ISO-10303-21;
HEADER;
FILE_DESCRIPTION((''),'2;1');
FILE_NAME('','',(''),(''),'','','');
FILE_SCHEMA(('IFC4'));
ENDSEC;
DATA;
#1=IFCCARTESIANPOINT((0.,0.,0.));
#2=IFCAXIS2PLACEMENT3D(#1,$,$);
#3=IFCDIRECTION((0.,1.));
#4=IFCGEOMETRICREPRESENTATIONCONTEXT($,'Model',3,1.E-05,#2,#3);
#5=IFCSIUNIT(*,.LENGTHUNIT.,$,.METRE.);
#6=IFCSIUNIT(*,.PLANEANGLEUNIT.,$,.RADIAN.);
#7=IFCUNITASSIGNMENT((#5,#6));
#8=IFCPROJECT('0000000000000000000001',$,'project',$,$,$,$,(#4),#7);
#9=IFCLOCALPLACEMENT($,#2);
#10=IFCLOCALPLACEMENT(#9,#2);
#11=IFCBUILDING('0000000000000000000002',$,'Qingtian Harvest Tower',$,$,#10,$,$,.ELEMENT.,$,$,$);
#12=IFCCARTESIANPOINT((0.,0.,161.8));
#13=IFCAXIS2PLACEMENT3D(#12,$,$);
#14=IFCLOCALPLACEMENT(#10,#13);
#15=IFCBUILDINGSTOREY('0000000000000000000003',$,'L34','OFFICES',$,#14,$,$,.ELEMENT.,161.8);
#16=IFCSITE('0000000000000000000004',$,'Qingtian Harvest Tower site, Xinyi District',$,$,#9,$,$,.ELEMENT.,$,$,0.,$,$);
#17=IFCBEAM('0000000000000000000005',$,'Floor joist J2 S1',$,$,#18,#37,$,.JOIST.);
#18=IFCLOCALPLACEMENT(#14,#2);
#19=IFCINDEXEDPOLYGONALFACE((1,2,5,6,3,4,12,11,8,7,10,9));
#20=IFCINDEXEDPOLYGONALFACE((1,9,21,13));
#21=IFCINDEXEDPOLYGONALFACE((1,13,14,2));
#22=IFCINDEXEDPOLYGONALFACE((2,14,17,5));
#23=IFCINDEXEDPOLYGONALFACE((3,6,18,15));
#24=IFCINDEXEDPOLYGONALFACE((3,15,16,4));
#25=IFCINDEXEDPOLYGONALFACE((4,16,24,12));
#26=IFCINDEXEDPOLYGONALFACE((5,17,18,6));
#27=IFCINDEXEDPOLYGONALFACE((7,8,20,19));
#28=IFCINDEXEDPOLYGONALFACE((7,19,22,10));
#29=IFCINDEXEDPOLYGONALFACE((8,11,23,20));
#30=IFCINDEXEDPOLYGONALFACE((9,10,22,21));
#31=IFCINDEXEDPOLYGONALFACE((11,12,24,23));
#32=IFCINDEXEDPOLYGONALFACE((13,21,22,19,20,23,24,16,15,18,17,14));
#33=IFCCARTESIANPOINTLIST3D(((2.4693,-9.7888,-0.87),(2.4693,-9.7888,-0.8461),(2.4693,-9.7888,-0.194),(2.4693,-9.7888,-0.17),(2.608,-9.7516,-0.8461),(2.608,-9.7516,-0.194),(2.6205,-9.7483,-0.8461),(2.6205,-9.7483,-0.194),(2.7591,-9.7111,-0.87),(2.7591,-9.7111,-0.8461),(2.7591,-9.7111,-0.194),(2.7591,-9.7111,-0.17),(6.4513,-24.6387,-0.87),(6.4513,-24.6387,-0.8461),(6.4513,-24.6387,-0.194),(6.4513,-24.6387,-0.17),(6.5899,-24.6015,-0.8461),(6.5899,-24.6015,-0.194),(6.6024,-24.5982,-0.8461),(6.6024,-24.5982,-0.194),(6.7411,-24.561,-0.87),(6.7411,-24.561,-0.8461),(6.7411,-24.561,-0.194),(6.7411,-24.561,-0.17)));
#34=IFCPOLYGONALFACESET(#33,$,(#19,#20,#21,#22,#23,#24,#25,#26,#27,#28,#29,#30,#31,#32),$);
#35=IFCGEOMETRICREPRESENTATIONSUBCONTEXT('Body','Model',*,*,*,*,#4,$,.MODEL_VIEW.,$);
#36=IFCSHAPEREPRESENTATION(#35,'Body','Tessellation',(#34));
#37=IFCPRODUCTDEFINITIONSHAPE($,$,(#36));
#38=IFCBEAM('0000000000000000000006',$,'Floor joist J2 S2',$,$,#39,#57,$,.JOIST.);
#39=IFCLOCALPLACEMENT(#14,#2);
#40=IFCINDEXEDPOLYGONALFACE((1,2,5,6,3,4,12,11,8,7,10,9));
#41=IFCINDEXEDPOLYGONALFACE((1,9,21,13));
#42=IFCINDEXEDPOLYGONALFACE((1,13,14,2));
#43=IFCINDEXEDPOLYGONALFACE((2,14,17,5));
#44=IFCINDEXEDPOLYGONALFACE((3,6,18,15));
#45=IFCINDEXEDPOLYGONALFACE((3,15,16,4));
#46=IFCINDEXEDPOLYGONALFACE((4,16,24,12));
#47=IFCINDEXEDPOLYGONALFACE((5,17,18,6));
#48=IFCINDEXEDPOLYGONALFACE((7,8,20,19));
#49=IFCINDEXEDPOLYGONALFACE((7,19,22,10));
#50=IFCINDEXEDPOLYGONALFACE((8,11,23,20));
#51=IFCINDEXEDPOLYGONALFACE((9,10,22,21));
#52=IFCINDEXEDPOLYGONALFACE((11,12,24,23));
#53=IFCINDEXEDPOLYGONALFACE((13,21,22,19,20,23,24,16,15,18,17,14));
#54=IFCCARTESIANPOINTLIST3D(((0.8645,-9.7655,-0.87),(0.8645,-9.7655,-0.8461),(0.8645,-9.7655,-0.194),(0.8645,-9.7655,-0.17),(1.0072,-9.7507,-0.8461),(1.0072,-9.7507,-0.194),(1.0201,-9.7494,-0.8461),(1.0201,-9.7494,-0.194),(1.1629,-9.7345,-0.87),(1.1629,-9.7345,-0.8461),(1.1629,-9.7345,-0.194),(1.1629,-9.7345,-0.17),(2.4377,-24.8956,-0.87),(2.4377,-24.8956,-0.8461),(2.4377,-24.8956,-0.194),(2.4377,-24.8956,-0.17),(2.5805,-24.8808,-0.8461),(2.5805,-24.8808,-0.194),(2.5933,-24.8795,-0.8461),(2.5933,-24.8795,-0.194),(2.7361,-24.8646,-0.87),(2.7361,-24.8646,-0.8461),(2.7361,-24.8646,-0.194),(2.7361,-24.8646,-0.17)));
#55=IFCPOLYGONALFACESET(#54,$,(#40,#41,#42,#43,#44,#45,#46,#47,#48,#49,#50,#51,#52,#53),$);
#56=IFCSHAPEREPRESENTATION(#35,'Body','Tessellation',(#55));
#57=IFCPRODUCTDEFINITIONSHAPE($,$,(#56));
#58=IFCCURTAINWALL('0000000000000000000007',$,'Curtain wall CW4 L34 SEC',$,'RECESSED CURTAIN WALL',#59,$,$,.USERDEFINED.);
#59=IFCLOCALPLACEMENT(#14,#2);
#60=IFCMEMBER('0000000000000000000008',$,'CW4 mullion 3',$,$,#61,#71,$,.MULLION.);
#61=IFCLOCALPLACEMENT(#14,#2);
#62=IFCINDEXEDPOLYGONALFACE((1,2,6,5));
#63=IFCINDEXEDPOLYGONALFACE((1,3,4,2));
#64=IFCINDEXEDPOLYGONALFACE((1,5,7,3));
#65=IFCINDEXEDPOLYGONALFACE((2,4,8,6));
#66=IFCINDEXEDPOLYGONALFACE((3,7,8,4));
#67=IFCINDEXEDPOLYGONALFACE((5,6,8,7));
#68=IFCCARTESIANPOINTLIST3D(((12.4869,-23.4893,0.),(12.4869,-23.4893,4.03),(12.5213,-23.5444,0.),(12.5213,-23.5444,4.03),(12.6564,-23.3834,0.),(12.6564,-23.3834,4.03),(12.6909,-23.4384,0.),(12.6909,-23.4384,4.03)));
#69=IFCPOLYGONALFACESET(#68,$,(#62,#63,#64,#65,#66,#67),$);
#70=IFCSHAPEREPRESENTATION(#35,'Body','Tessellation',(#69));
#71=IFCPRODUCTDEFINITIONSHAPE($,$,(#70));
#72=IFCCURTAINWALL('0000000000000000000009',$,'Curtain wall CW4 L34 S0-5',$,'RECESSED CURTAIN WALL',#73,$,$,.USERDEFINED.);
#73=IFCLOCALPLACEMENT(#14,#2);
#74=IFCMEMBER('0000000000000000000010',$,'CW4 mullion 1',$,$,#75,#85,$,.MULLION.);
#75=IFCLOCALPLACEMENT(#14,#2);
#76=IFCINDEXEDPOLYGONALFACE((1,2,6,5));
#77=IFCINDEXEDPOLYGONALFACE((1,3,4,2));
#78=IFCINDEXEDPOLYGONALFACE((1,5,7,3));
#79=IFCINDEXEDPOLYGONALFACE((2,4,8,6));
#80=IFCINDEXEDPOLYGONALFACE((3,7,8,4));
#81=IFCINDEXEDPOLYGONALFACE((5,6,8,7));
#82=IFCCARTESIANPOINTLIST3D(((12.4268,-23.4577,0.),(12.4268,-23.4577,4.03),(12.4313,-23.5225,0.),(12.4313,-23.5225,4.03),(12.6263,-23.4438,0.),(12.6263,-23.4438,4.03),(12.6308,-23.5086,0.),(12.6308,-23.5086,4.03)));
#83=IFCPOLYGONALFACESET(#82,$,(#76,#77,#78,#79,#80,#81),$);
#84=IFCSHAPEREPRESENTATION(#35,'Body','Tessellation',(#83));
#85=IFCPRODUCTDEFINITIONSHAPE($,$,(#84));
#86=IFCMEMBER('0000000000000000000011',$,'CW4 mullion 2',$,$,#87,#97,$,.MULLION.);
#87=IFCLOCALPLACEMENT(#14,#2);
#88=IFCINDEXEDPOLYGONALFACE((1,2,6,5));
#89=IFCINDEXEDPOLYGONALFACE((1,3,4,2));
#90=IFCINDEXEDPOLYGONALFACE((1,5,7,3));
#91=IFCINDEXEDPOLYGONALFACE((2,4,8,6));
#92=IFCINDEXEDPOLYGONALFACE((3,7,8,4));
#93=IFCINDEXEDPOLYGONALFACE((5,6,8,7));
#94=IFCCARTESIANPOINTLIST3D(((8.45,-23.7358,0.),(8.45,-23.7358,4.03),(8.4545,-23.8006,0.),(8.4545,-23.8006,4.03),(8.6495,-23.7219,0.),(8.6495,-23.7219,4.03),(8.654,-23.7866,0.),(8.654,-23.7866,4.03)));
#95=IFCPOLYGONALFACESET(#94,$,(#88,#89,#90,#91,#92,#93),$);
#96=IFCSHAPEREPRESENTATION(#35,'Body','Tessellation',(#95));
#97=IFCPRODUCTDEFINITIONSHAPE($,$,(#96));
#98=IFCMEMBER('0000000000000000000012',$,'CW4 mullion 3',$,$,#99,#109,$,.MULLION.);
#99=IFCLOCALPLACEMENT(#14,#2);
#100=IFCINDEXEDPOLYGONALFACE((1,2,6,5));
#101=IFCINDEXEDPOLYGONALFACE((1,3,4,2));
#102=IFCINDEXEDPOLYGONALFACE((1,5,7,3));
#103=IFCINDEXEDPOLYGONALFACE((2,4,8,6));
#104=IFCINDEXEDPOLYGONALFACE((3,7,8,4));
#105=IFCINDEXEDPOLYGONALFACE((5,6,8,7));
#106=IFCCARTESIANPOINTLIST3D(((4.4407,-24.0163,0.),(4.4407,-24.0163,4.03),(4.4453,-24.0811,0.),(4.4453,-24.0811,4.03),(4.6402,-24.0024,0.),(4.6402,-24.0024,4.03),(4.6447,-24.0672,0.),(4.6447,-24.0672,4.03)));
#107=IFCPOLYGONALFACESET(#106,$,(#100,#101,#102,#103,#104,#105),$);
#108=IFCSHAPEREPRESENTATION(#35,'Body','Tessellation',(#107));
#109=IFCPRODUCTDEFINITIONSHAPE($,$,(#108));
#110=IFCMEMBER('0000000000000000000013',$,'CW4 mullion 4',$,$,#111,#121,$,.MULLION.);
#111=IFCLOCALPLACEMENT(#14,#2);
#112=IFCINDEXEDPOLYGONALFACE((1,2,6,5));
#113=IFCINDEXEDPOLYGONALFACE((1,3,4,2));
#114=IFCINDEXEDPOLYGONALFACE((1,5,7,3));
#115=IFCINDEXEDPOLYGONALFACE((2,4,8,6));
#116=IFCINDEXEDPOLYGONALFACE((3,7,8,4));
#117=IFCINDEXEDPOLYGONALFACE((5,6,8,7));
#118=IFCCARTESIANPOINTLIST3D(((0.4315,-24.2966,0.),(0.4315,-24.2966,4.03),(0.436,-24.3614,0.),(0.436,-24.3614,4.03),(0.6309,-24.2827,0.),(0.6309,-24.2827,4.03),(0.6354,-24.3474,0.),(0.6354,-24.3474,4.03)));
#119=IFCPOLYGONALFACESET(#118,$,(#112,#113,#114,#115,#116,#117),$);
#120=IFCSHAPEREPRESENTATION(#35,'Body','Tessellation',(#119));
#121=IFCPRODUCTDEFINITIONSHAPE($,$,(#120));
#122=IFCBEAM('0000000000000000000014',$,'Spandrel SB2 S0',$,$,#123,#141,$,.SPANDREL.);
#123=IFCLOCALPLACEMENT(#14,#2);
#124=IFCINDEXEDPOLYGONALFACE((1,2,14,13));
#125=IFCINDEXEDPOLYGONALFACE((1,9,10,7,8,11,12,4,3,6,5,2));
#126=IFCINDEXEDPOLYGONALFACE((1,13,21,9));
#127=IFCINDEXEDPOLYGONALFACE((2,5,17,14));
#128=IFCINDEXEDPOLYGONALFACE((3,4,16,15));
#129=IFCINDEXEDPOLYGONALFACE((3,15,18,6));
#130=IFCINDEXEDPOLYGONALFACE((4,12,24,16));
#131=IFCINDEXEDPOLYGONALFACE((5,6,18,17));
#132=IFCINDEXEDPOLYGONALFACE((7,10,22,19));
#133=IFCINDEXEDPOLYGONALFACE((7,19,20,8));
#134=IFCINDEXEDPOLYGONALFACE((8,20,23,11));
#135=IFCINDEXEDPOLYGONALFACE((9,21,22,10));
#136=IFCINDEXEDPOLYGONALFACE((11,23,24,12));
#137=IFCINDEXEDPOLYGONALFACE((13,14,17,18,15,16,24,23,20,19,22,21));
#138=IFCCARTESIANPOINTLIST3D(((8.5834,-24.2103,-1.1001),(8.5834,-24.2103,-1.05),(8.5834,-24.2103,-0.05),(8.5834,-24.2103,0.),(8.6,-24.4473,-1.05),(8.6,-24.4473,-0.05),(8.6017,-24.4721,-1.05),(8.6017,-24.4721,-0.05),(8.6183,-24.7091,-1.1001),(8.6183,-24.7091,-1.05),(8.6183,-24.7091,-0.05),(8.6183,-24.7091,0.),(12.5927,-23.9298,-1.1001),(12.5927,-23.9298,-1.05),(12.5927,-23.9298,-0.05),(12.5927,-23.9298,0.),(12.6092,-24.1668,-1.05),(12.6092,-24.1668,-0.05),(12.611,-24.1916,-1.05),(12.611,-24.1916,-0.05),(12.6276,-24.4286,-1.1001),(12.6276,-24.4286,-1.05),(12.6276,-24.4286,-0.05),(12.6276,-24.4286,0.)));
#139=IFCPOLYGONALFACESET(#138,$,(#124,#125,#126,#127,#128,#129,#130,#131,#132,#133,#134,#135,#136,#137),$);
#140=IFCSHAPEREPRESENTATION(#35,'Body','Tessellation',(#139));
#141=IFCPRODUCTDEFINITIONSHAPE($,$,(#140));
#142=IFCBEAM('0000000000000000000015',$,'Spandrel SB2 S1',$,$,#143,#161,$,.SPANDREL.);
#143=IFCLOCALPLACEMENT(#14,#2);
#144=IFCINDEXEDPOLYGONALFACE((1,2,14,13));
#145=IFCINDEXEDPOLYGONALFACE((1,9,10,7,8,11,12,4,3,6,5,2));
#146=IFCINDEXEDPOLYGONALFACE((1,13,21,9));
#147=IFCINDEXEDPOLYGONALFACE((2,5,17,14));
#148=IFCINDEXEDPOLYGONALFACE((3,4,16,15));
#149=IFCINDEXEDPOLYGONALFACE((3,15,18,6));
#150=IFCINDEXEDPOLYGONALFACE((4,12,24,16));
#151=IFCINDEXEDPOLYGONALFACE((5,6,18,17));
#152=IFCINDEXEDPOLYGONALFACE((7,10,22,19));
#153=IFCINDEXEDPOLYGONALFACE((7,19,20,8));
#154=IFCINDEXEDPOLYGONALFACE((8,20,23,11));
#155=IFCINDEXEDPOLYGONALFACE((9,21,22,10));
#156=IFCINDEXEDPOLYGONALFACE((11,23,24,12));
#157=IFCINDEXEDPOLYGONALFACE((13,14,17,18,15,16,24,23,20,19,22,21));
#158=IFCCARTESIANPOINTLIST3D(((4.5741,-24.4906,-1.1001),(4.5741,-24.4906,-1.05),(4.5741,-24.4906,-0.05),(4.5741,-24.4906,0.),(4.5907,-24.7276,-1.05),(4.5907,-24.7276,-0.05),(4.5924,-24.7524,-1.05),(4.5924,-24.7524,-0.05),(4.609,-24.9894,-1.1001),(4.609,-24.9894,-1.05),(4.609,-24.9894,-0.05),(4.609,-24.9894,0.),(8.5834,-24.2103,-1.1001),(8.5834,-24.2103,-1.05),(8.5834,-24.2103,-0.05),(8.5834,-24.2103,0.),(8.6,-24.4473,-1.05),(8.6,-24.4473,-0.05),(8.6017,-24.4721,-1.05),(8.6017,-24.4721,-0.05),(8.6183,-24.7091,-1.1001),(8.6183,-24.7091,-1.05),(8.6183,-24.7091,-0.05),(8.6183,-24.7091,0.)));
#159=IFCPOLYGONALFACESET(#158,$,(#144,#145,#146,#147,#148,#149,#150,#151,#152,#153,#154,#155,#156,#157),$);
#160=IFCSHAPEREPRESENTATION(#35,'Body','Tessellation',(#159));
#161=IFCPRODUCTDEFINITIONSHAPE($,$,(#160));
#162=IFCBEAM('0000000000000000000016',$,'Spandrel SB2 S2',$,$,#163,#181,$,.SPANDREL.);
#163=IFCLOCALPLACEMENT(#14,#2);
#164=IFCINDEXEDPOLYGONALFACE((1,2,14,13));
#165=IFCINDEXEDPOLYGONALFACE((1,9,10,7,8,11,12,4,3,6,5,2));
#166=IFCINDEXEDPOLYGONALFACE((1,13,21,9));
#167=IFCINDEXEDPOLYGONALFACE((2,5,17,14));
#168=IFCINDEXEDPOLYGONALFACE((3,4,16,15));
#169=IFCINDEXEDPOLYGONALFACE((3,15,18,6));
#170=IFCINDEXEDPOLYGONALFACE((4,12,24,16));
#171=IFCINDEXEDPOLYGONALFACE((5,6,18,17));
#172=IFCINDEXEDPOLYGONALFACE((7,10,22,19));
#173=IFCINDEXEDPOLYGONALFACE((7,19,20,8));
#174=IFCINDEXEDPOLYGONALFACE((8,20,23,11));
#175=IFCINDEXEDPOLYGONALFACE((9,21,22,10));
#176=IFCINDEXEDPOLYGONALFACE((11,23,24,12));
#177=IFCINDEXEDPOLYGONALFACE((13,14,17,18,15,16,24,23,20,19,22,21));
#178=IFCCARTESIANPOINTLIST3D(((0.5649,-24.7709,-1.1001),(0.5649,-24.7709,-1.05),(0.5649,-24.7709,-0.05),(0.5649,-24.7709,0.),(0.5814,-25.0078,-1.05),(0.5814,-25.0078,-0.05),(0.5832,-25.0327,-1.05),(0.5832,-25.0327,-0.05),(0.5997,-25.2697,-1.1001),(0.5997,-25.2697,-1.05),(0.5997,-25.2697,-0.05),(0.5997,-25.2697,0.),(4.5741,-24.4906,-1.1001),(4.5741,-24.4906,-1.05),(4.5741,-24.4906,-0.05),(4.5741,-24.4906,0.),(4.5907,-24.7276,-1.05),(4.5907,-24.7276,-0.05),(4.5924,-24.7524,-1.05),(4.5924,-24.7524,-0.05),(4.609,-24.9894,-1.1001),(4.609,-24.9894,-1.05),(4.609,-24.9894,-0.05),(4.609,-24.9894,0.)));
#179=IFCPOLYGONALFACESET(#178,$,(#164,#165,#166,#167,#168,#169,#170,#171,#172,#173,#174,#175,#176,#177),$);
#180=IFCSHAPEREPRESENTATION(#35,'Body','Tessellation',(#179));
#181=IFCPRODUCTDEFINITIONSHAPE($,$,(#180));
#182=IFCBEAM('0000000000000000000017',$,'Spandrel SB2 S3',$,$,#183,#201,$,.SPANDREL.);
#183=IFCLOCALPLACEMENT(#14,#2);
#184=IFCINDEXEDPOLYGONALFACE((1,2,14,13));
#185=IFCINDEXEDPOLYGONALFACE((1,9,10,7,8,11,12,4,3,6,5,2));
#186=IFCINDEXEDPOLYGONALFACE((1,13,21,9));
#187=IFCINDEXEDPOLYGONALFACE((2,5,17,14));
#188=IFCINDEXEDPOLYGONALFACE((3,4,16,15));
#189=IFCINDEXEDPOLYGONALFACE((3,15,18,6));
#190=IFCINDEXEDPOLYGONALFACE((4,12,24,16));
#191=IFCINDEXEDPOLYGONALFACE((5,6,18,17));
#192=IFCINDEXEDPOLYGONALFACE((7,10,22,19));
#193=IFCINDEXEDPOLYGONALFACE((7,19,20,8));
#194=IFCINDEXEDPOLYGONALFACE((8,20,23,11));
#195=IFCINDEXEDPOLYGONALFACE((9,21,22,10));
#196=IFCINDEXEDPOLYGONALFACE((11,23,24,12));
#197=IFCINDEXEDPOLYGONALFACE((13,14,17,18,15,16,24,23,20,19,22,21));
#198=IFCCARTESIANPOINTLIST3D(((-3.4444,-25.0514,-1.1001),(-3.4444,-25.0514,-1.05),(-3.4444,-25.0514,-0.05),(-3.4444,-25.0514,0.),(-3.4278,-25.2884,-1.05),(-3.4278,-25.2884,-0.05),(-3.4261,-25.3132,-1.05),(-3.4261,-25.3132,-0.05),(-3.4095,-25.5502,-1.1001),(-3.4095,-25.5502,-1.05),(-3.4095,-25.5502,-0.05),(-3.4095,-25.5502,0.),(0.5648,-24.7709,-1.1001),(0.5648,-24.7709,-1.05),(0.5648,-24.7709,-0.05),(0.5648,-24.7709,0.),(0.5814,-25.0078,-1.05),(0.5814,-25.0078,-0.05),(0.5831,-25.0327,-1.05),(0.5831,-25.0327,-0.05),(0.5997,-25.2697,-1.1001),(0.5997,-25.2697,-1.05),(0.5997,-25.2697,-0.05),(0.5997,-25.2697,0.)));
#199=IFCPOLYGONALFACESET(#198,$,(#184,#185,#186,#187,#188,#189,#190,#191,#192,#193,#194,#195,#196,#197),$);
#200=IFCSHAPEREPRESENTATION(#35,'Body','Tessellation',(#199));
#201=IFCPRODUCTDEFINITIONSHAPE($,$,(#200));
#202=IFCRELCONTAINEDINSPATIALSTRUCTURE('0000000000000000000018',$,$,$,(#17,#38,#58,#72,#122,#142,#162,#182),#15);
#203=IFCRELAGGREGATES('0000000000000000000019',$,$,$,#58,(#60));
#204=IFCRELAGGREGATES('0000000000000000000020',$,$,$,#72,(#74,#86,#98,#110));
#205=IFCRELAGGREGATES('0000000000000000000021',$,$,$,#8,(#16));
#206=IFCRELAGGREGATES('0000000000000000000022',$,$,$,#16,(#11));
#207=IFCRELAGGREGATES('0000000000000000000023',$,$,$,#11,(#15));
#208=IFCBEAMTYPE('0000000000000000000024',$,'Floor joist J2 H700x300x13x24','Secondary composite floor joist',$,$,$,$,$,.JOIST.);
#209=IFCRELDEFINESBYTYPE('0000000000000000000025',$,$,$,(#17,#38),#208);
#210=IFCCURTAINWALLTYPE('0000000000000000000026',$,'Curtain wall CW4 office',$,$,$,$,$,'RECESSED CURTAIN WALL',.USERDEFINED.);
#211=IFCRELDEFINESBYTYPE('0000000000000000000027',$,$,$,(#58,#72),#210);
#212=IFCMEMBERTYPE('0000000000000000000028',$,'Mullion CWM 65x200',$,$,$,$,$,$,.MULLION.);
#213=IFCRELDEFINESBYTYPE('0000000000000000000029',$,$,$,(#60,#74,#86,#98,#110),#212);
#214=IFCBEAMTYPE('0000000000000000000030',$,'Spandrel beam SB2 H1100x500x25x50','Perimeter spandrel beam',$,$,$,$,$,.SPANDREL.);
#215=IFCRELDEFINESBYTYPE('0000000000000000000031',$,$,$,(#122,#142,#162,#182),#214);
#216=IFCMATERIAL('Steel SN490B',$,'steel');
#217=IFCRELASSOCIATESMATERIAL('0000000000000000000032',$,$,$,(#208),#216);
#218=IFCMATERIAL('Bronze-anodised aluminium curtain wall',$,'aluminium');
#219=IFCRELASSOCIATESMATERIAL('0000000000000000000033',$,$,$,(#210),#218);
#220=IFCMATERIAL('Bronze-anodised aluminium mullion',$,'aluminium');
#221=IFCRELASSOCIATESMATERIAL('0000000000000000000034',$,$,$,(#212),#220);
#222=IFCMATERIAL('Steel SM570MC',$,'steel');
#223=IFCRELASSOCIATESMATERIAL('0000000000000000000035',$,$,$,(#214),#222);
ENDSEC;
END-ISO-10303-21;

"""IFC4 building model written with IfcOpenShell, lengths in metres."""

from ifc_helpers import new_model, si_unit, direction, frame, origin, origin_2d, place, context, subcontext, project, spatial, rectangle, i_section, extrude, material, material_profile, profile_set, type_object, element, aggregate, save


model = new_model("IFC4")

# Units and contexts
model_context = context("Model", 3, precision=1e-05, world=origin(), true_north=direction((0.0, 1.0)))
body_context = subcontext(model_context, "Body", "Model", "MODEL_VIEW")
ifc_project = project(units=[si_unit("LENGTHUNIT", "METRE"), si_unit("PLANEANGLEUNIT", "RADIAN")], contexts=[model_context])

# Site, building, storey
site_placement = place(None, origin())
site = spatial("IfcSite", under=ifc_project, at=site_placement, Name="Qingtian Harvest Tower site, Xinyi District", CompositionType="ELEMENT", RefElevation=0.0)
building_placement = place(site_placement, origin())
building = spatial("IfcBuilding", under=site, at=building_placement, Name="Qingtian Harvest Tower", CompositionType="ELEMENT")
storey_placement = place(building_placement, frame((0.0, 0.0, 161.8)))
storey = spatial("IfcBuildingStorey", under=building, at=storey_placement, Name="L34", Description="OFFICES", CompositionType="ELEMENT", Elevation=161.8)

# Beams
ifc_material_1 = material(Name="Steel SN490B", Category="steel")
ifc_material_profile_1 = material_profile(ifc_material_1, i_section(OverallWidth=0.3, OverallDepth=0.7, WebThickness=0.0129, FlangeThickness=0.0239, at=origin_2d()), Name="H700x300x13x24")
ifc_profile_set_1 = profile_set([ifc_material_profile_1], Name="Steel SN490B")
beam_type_1 = type_object("IfcBeamType", Name="Floor joist J2 H700x300x13x24", Description="Secondary composite floor joist", PredefinedType="JOIST", material=ifc_profile_set_1)
beam_1_placement = place(storey_placement, frame((6.5962, -24.5999, -0.52), z_axis=(-0.258997, 0.965878, 0.0), x_axis=(-0.965878, -0.258997, 0.0)))
element("IfcBeam", 1, at=beam_1_placement, inside=storey, type_object=beam_type_1, Name="Floor joist J2 S1", PredefinedType="JOIST", context=body_context, shape_type="SweptSolid", body=[
    extrude(i_section(OverallWidth=0.3, OverallDepth=0.7, WebThickness=0.0129, FlangeThickness=0.0239, at=origin_2d()), origin(), (0.0, 0.0, 1.0), 15.3745),
])
beam_2_placement = place(storey_placement, frame((2.5869, -24.8801, -0.52), z_axis=(-0.103423, 0.994637, 0.0), x_axis=(-0.994637, -0.103423, 0.0)))
element("IfcBeam", 2, at=beam_2_placement, inside=storey, type_object=beam_type_1, Name="Floor joist J2 S2", PredefinedType="JOIST", context=body_context, shape_type="SweptSolid", body=[
    extrude(i_section(OverallWidth=0.3, OverallDepth=0.7, WebThickness=0.0129, FlangeThickness=0.0239, at=origin_2d()), origin(), (0.0, 0.0, 1.0), 15.2117),
])

# Curtain wall, member
ifc_material_2 = material(Name="Bronze-anodised aluminium curtain wall", Category="aluminium")
curtain_wall_type = type_object("IfcCurtainWallType", Name="Curtain wall CW4 office", ElementType="RECESSED CURTAIN WALL", PredefinedType="USERDEFINED", material=ifc_material_2)
curtain_wall_1_placement = place(storey_placement, origin())
curtain_wall_1 = element("IfcCurtainWall", 3, at=curtain_wall_1_placement, inside=storey, type_object=curtain_wall_type, Name="Curtain wall CW4 L34 SEC", ObjectType="RECESSED CURTAIN WALL", PredefinedType="USERDEFINED")
ifc_material_3 = material(Name="Bronze-anodised aluminium mullion", Category="aluminium")
ifc_material_profile_2 = material_profile(ifc_material_3, rectangle(XDim=0.0649, YDim=0.2, at=origin_2d()), Name="AL 65x200")
ifc_profile_set_2 = profile_set([ifc_material_profile_2], Name="Bronze-anodised aluminium mullion")
member_type_1 = type_object("IfcMemberType", Name="Mullion CWM 65x200", PredefinedType="MULLION", material=ifc_profile_set_2)
member_1_placement = place(storey_placement, frame((12.5889, -23.4639, 0.0), z_axis=(0.0, 0.0, 1.0), x_axis=(0.529919, -0.848048, 0.0)))
member_1 = element("IfcMember", 4, at=member_1_placement, type_object=member_type_1, Name="CW4 mullion 3", PredefinedType="MULLION", context=body_context, shape_type="SweptSolid", body=[
    extrude(rectangle(XDim=0.0649, YDim=0.2, at=origin_2d()), origin(), (0.0, 0.0, 1.0), 4.03),
])
aggregate(curtain_wall_1, [member_1])

# Curtain wall, members
curtain_wall_2_placement = place(storey_placement, origin())
curtain_wall_2 = element("IfcCurtainWall", 5, at=curtain_wall_2_placement, inside=storey, type_object=curtain_wall_type, Name="Curtain wall CW4 L34 S0-5", ObjectType="RECESSED CURTAIN WALL", PredefinedType="USERDEFINED")
member_2_placement = place(storey_placement, frame((12.5288, -23.4832, 0.0), z_axis=(0.0, 0.0, 1.0), x_axis=(0.069756, -0.997564, 0.0)))
member_2 = element("IfcMember", 6, at=member_2_placement, type_object=member_type_1, Name="CW4 mullion 1", PredefinedType="MULLION", context=body_context, shape_type="SweptSolid", body=[
    extrude(rectangle(XDim=0.0649, YDim=0.2, at=origin_2d()), origin(), (0.0, 0.0, 1.0), 4.03),
])
member_3_placement = place(storey_placement, frame((8.552, -23.7612, 0.0), z_axis=(0.0, 0.0, 1.0), x_axis=(0.069756, -0.997564, 0.0)))
member_3 = element("IfcMember", 7, at=member_3_placement, type_object=member_type_1, Name="CW4 mullion 2", PredefinedType="MULLION", context=body_context, shape_type="SweptSolid", body=[
    extrude(rectangle(XDim=0.0649, YDim=0.2, at=origin_2d()), origin(), (0.0, 0.0, 1.0), 4.03),
])
member_4_placement = place(storey_placement, frame((4.5427, -24.0417, 0.0), z_axis=(0.0, 0.0, 1.0), x_axis=(0.069756, -0.997564, 0.0)))
member_4 = element("IfcMember", 8, at=member_4_placement, type_object=member_type_1, Name="CW4 mullion 3", PredefinedType="MULLION", context=body_context, shape_type="SweptSolid", body=[
    extrude(rectangle(XDim=0.0649, YDim=0.2, at=origin_2d()), origin(), (0.0, 0.0, 1.0), 4.03),
])
member_5_placement = place(storey_placement, frame((0.5334, -24.322, 0.0), z_axis=(0.0, 0.0, 1.0), x_axis=(0.069756, -0.997564, 0.0)))
member_5 = element("IfcMember", 9, at=member_5_placement, type_object=member_type_1, Name="CW4 mullion 4", PredefinedType="MULLION", context=body_context, shape_type="SweptSolid", body=[
    extrude(rectangle(XDim=0.0649, YDim=0.2, at=origin_2d()), origin(), (0.0, 0.0, 1.0), 4.03),
])

# Beams
ifc_material_4 = material(Name="Steel SM570MC", Category="steel")
ifc_material_profile_3 = material_profile(ifc_material_4, i_section(OverallWidth=0.5, OverallDepth=1.1001, WebThickness=0.0249, FlangeThickness=0.05, at=origin_2d()), Name="H1100x500x25x50")
ifc_profile_set_3 = profile_set([ifc_material_profile_3], Name="Steel SM570MC")
beam_type_2 = type_object("IfcBeamType", Name="Spandrel beam SB2 H1100x500x25x50", Description="Perimeter spandrel beam", PredefinedType="SPANDREL", material=ifc_profile_set_3)
for number, where, z_axis, x_axis, name in (
    (10, (12.6101, -24.1792, -0.55), (-0.997561, -0.069796, 0.0), (0.069796, -0.997561, 0.0), "Spandrel SB2 S0"),
    (11, (8.6008, -24.4597, -0.55), (-0.997565, -0.069736, 0.0), (0.069736, -0.997565, 0.0), "Spandrel SB2 S1"),
    (12, (4.5916, -24.74, -0.55), (-0.997565, -0.069736, 0.0), (0.069736, -0.997565, 0.0), "Spandrel SB2 S2"),
    (13, (0.5823, -25.0203, -0.55), (-0.997561, -0.069796, 0.0), (0.069796, -0.997561, 0.0), "Spandrel SB2 S3"),
):
    element("IfcBeam", number, at=place(storey_placement, frame(where, z_axis=z_axis, x_axis=x_axis)), inside=storey, type_object=beam_type_2, Name=name, PredefinedType="SPANDREL", context=body_context, shape_type="SweptSolid", body=[
        extrude(i_section(OverallWidth=0.5, OverallDepth=1.1001, WebThickness=0.0249, FlangeThickness=0.05, at=origin_2d()), origin(), (0.0, 0.0, 1.0), 4.019),
    ])

aggregate(curtain_wall_2, [member_2, member_3, member_4, member_5])

save(model, "model.ifc")
